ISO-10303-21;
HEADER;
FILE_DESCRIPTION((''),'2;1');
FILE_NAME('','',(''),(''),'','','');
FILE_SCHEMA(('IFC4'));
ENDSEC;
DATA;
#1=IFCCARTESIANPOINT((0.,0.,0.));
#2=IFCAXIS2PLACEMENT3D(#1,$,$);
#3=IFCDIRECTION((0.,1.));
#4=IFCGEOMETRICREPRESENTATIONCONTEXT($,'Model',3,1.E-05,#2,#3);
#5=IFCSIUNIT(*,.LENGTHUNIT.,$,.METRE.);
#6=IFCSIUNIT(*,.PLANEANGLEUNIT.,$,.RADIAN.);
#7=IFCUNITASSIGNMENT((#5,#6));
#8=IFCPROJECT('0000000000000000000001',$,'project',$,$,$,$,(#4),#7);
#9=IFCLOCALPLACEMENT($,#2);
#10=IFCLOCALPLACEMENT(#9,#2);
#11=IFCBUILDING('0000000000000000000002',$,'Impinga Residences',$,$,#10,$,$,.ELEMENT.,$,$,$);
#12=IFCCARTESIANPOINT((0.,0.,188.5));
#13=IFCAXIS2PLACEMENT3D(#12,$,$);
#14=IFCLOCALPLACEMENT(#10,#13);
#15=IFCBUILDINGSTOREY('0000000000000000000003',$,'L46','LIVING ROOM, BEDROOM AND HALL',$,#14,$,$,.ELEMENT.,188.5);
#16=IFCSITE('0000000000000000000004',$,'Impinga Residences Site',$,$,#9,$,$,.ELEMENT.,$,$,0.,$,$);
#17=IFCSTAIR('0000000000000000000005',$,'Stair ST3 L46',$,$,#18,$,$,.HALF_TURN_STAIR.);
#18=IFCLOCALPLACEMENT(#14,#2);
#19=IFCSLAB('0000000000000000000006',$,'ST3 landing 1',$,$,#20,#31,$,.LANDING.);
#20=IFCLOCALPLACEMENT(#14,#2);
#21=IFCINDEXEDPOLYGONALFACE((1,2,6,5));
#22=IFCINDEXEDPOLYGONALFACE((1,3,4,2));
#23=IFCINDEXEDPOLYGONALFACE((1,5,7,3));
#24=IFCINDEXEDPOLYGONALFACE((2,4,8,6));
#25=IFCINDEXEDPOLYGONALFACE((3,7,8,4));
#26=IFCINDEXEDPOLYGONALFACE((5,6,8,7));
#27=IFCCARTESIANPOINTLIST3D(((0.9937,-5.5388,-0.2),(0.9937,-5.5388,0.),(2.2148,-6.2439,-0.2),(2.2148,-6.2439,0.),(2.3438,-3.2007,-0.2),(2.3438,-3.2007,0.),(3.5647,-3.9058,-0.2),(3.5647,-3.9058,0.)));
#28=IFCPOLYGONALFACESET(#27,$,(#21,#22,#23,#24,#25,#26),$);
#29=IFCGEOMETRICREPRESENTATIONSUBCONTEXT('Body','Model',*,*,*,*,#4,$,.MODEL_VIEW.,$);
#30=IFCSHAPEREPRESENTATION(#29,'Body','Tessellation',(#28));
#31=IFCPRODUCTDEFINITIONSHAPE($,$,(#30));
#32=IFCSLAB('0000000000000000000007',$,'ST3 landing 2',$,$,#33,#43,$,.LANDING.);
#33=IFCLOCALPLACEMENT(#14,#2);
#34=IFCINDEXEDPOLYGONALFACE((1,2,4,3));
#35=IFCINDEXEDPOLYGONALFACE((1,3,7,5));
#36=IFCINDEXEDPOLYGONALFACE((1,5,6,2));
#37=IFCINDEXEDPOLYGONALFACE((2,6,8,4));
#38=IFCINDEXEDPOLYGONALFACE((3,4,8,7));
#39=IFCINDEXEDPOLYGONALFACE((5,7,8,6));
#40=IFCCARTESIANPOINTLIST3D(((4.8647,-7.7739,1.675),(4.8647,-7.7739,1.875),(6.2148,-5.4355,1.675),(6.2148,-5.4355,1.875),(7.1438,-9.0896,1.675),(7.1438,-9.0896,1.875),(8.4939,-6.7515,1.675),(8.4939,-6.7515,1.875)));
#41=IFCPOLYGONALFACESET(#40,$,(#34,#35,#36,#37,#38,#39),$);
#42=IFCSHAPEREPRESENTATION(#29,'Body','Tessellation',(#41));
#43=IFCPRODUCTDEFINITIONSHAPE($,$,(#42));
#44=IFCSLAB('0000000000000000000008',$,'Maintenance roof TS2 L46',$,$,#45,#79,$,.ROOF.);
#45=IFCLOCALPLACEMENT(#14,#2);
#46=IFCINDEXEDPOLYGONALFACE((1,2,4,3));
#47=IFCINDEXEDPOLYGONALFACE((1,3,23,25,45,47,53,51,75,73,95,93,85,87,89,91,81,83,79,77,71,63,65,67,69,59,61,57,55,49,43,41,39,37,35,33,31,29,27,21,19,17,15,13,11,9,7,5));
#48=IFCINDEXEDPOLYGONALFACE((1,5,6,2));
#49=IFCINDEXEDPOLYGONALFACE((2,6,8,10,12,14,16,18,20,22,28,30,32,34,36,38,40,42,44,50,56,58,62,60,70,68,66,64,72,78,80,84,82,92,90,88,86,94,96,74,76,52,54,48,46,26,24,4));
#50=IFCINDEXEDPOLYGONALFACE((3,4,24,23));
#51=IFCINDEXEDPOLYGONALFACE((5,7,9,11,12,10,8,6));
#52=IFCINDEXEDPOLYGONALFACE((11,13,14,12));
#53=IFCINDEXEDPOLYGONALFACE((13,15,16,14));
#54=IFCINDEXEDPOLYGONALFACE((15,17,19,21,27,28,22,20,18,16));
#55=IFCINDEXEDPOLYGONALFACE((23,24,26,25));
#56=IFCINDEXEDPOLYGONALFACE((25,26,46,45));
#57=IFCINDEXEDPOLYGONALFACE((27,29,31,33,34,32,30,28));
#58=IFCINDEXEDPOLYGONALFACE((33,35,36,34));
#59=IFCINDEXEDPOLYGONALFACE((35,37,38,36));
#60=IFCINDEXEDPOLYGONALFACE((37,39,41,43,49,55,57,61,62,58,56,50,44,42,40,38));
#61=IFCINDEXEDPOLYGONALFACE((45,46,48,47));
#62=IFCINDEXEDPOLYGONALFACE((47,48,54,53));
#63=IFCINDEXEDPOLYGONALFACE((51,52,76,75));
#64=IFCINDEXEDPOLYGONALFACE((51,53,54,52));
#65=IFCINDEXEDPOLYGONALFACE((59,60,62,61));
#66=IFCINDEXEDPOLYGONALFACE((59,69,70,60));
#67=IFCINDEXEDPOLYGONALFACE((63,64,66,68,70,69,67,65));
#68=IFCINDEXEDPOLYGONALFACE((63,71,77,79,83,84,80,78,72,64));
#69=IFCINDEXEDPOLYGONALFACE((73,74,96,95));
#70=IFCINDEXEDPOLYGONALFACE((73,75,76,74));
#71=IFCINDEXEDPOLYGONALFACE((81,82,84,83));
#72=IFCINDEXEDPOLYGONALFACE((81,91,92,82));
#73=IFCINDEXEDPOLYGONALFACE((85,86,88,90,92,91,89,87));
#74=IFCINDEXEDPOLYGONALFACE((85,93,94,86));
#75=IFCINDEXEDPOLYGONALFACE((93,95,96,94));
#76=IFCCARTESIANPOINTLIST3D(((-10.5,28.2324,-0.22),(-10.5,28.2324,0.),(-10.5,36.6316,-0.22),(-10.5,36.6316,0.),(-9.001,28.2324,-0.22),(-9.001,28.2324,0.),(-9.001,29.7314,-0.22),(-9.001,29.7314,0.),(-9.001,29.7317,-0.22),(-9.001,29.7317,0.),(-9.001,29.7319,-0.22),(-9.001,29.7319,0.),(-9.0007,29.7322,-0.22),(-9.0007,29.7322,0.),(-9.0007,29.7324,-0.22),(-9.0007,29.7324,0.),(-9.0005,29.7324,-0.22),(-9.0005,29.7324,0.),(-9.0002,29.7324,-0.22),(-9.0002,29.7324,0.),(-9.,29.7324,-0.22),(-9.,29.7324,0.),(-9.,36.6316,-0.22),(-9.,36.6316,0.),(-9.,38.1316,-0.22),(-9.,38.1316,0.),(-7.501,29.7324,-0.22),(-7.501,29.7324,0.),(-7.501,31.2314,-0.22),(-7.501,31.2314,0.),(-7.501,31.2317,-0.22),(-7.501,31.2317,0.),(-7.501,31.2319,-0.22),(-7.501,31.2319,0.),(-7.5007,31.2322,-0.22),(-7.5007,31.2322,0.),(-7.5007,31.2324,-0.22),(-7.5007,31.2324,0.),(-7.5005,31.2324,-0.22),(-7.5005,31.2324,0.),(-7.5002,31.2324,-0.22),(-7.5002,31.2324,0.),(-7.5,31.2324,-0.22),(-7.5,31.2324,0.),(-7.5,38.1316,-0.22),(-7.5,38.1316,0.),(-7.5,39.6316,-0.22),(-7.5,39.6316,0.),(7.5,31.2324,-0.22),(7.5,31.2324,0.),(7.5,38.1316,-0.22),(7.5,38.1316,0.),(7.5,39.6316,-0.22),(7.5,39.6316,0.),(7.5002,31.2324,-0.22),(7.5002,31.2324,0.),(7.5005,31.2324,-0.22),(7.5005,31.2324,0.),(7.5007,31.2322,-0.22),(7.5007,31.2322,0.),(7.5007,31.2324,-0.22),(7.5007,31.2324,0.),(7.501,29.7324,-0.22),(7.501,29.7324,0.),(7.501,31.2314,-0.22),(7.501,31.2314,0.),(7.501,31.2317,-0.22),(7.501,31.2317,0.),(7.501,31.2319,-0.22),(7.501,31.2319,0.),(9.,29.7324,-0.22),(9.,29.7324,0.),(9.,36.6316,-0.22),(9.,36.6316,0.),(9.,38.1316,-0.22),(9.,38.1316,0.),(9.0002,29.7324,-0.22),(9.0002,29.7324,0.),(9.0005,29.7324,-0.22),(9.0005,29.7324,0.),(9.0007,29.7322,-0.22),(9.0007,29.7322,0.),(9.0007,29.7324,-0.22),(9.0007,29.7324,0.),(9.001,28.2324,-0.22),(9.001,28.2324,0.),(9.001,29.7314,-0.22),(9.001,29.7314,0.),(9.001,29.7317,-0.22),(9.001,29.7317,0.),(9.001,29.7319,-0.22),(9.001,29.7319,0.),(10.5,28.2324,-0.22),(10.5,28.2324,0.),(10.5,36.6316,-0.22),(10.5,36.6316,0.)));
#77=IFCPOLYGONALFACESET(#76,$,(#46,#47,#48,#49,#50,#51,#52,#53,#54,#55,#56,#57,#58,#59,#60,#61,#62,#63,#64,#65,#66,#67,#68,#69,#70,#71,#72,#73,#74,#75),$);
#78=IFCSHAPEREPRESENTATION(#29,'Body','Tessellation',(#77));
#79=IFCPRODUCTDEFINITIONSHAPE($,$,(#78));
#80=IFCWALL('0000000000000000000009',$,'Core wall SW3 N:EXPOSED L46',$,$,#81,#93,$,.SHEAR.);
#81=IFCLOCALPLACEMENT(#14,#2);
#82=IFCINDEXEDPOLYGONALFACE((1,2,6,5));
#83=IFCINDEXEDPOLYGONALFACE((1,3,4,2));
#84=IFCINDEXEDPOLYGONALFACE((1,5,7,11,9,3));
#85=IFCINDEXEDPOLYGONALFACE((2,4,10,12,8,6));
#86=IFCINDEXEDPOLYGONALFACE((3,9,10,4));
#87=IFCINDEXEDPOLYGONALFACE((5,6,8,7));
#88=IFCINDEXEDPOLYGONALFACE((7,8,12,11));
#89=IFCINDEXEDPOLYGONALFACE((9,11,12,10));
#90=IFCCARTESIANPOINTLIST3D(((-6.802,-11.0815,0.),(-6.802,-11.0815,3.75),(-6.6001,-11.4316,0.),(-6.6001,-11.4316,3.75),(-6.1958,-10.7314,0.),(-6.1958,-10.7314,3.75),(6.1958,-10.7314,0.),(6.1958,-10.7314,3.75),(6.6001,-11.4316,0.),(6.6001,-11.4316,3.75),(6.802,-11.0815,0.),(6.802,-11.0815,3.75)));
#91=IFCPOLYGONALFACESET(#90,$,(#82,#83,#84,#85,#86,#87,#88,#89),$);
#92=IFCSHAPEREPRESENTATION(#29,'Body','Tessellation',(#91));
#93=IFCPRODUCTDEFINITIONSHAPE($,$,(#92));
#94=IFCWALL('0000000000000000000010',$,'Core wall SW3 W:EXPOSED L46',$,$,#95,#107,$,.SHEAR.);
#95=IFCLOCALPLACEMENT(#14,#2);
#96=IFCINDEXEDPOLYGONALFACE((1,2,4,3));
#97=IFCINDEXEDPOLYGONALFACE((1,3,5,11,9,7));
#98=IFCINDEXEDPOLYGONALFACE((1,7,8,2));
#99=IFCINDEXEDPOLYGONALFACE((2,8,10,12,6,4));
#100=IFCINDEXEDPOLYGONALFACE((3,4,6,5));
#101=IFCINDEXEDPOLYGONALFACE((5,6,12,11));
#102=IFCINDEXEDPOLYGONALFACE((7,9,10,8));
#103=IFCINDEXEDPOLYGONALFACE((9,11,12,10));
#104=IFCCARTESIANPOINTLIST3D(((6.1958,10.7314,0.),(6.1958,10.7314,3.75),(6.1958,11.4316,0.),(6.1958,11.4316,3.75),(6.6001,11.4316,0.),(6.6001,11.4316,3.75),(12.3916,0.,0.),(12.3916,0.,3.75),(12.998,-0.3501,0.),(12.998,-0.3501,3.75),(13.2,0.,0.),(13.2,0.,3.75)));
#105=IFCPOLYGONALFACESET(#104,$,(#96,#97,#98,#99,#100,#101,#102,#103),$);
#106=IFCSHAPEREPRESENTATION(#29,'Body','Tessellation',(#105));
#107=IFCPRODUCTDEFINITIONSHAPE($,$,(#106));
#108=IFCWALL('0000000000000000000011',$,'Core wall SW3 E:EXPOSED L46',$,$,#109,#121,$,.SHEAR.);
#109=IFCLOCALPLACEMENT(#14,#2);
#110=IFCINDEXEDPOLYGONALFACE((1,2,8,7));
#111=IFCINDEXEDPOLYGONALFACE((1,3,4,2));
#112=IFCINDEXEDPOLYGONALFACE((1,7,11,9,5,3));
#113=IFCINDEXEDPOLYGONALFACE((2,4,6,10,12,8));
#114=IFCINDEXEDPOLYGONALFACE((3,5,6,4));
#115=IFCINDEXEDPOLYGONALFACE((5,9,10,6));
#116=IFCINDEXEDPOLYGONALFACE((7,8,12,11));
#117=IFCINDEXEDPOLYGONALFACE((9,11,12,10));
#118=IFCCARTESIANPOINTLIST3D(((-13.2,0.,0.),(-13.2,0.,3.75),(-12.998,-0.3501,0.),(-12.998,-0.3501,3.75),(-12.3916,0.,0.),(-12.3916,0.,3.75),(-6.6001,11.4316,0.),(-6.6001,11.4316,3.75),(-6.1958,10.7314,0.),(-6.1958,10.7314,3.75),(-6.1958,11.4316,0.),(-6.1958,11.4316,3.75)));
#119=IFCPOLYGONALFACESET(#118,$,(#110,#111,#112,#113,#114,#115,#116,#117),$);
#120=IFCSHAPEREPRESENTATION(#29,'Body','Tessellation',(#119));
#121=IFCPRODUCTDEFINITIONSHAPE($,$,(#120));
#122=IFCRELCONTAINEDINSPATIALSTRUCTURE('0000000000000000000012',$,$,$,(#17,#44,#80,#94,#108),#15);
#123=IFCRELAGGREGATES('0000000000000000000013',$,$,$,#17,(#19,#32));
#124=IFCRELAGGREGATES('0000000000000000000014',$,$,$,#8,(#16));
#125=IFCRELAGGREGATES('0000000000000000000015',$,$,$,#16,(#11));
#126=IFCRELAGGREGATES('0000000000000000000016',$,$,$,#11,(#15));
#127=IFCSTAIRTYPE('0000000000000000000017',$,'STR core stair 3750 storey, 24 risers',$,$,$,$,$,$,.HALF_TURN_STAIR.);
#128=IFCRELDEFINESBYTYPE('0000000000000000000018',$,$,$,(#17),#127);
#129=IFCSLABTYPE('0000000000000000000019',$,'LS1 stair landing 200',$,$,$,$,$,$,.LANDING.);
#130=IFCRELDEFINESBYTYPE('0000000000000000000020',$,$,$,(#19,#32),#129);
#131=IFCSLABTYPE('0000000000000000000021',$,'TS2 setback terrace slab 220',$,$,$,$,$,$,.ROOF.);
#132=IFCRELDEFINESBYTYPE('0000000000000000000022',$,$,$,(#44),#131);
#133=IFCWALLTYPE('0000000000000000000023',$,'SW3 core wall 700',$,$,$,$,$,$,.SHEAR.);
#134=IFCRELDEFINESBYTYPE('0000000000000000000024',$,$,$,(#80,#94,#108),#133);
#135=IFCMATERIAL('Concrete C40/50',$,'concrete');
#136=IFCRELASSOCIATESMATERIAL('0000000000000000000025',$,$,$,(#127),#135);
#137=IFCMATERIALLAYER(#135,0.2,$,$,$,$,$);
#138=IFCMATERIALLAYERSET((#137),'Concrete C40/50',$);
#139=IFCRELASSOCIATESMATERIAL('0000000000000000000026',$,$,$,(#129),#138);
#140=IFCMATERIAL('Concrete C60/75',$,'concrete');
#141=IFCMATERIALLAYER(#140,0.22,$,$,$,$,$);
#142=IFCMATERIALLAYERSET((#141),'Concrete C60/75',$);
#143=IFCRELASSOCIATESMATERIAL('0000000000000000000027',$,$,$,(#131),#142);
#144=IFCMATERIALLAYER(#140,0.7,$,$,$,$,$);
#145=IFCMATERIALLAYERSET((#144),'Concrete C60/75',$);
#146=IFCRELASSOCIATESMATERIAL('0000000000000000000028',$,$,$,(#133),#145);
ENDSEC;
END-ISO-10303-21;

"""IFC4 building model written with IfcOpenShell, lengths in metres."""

from ifc_helpers import new_model, si_unit, direction, frame, origin, place, context, subcontext, project, spatial, polyline, outline, extrude, material, layer, layer_set, type_object, element, aggregate, save


model = new_model("IFC4")

# Units and contexts
model_context = context("Model", 3, precision=1e-05, world=origin(), true_north=direction((0.0, 1.0)))
body_context = subcontext(model_context, "Body", "Model", "MODEL_VIEW")
ifc_project = project(units=[si_unit("LENGTHUNIT", "METRE"), si_unit("PLANEANGLEUNIT", "RADIAN")], contexts=[model_context])

# Site, building, storey
site_placement = place(None, origin())
site = spatial("IfcSite", under=ifc_project, at=site_placement, Name="Impinga Residences Site", CompositionType="ELEMENT", RefElevation=0.0)
building_placement = place(site_placement, origin())
building = spatial("IfcBuilding", under=site, at=building_placement, Name="Impinga Residences", CompositionType="ELEMENT")
storey_placement = place(building_placement, frame((0.0, 0.0, 188.5)))
storey = spatial("IfcBuildingStorey", under=building, at=storey_placement, Name="L46", Description="LIVING ROOM, BEDROOM AND HALL", CompositionType="ELEMENT", Elevation=188.5)

# Shared definitions
ifc_material_1 = material(Name="Concrete C60/75", Category="concrete")

# Stair, slabs
ifc_material_2 = material(Name="Concrete C40/50", Category="concrete")
stair_type = type_object("IfcStairType", Name="STR core stair 3750 storey, 24 risers", PredefinedType="HALF_TURN_STAIR", material=ifc_material_2)
ifc_layer_1 = layer(ifc_material_2, 0.2)
ifc_layer_set_1 = layer_set([ifc_layer_1], Name="Concrete C40/50")
slab_type_1 = type_object("IfcSlabType", Name="LS1 stair landing 200", PredefinedType="LANDING", material=ifc_layer_set_1)
stair_1_placement = place(storey_placement, origin())
stair_1 = element("IfcStair", 1, at=stair_1_placement, inside=storey, type_object=stair_type, Name="Stair ST3 L46", PredefinedType="HALF_TURN_STAIR")
slab_1_placement = place(storey_placement, frame((0.0, 0.0, -0.2)))
slab_1 = element("IfcSlab", 2, at=slab_1_placement, type_object=slab_type_1, Name="ST3 landing 1", PredefinedType="LANDING", context=body_context, shape_type="SweptSolid", body=[
    extrude(outline(polyline([(2.3438, -3.2007), (0.9937, -5.5388), (2.2148, -6.2439), (3.5647, -3.9058), (2.3438, -3.2007)])), origin(), (0.0, 0.0, 1.0), 0.2),
])
slab_2_placement = place(storey_placement, frame((0.0, 0.0, 1.675)))
slab_2 = element("IfcSlab", 3, at=slab_2_placement, type_object=slab_type_1, Name="ST3 landing 2", PredefinedType="LANDING", context=body_context, shape_type="SweptSolid", body=[
    extrude(outline(polyline([(6.2148, -5.4355), (4.8647, -7.7739), (7.1438, -9.0896), (8.4939, -6.7515), (6.2148, -5.4355)])), origin(), (0.0, 0.0, 1.0), 0.2),
])
aggregate(stair_1, [slab_1, slab_2])

# Slab
ifc_layer_2 = layer(ifc_material_1, 0.22)
ifc_layer_set_2 = layer_set([ifc_layer_2], Name="Concrete C60/75")
slab_type_2 = type_object("IfcSlabType", Name="TS2 setback terrace slab 220", PredefinedType="ROOF", material=ifc_layer_set_2)
slab_3_placement = place(storey_placement, frame((0.0, 0.0, -0.22)))
element("IfcSlab", 4, at=slab_3_placement, inside=storey, type_object=slab_type_2, Name="Maintenance roof TS2 L46", PredefinedType="ROOF", context=body_context, shape_type="SweptSolid", body=[
    extrude(outline(polyline([(-10.5, 36.6316), (-9.0, 36.6316), (-9.0, 38.1316), (-7.5, 38.1316), (-7.5, 39.6316), (7.5, 39.6316), (7.5, 38.1316), (9.0, 38.1316), (9.0, 36.6316), (10.5, 36.6316), (10.5, 28.2324), (9.001, 28.2324), (9.001, 29.7314), (9.001, 29.7317), (9.001, 29.7317), (9.001, 29.7319), (9.001, 29.7319), (9.001, 29.7319), (9.0007, 29.7322), (9.0007, 29.7322), (9.0007, 29.7322), (9.0007, 29.7324), (9.0005, 29.7324), (9.0005, 29.7324), (9.0005, 29.7324), (9.0002, 29.7324), (9.0002, 29.7324), (9.0, 29.7324), (9.0, 29.7324), (7.501, 29.7324), (7.501, 31.2314), (7.501, 31.2317), (7.501, 31.2317), (7.501, 31.2319), (7.501, 31.2319), (7.501, 31.2319), (7.5007, 31.2322), (7.5007, 31.2322), (7.5007, 31.2322), (7.5007, 31.2324), (7.5005, 31.2324), (7.5005, 31.2324), (7.5005, 31.2324), (7.5002, 31.2324), (7.5002, 31.2324), (7.5, 31.2324), (7.5, 31.2324), (-7.5, 31.2324), (-7.5, 31.2324), (-7.5002, 31.2324), (-7.5002, 31.2324), (-7.5005, 31.2324), (-7.5005, 31.2324), (-7.5005, 31.2324), (-7.5007, 31.2324), (-7.5007, 31.2322), (-7.5007, 31.2322), (-7.5007, 31.2322), (-7.501, 31.2319), (-7.501, 31.2319), (-7.501, 31.2319), (-7.501, 31.2317), (-7.501, 31.2317), (-7.501, 31.2314), (-7.501, 29.7324), (-9.0, 29.7324), (-9.0, 29.7324), (-9.0002, 29.7324), (-9.0002, 29.7324), (-9.0005, 29.7324), (-9.0005, 29.7324), (-9.0005, 29.7324), (-9.0007, 29.7324), (-9.0007, 29.7322), (-9.0007, 29.7322), (-9.0007, 29.7322), (-9.001, 29.7319), (-9.001, 29.7319), (-9.001, 29.7319), (-9.001, 29.7317), (-9.001, 29.7317), (-9.001, 29.7314), (-9.001, 28.2324), (-10.5, 28.2324), (-10.5, 36.6316)])), origin(), (0.0, 0.0, 1.0), 0.22),
])

# Walls
ifc_layer_3 = layer(ifc_material_1, 0.7)
ifc_layer_set_3 = layer_set([ifc_layer_3], Name="Concrete C60/75")
wall_type_1 = type_object("IfcWallType", Name="SW3 core wall 700", PredefinedType="SHEAR", material=ifc_layer_set_3)
wall_1_placement = place(storey_placement, origin())
element("IfcWall", 5, at=wall_1_placement, inside=storey, type_object=wall_type_1, Name="Core wall SW3 N:EXPOSED L46", PredefinedType="SHEAR", context=body_context, shape_type="SweptSolid", body=[
    extrude(outline(polyline([(-6.6001, -11.4316), (6.6001, -11.4316), (6.802, -11.0815), (6.1958, -10.7314), (-6.1958, -10.7314), (-6.802, -11.0815), (-6.6001, -11.4316)])), origin(), (0.0, 0.0, 1.0), 3.75),
])
wall_2_placement = place(storey_placement, origin())
element("IfcWall", 6, at=wall_2_placement, inside=storey, type_object=wall_type_1, Name="Core wall SW3 W:EXPOSED L46", PredefinedType="SHEAR", context=body_context, shape_type="SweptSolid", body=[
    extrude(outline(polyline([(13.2, 0.0), (6.6001, 11.4316), (6.1958, 11.4316), (6.1958, 10.7314), (12.3916, 0.0), (12.998, -0.3501), (13.2, 0.0)])), origin(), (0.0, 0.0, 1.0), 3.75),
])
wall_3_placement = place(storey_placement, origin())
element("IfcWall", 7, at=wall_3_placement, inside=storey, type_object=wall_type_1, Name="Core wall SW3 E:EXPOSED L46", PredefinedType="SHEAR", context=body_context, shape_type="SweptSolid", body=[
    extrude(outline(polyline([(-6.6001, 11.4316), (-13.2, 0.0), (-12.998, -0.3501), (-12.3916, 0.0), (-6.1958, 10.7314), (-6.1958, 11.4316), (-6.6001, 11.4316)])), origin(), (0.0, 0.0, 1.0), 3.75),
])

save(model, "model.ifc")
